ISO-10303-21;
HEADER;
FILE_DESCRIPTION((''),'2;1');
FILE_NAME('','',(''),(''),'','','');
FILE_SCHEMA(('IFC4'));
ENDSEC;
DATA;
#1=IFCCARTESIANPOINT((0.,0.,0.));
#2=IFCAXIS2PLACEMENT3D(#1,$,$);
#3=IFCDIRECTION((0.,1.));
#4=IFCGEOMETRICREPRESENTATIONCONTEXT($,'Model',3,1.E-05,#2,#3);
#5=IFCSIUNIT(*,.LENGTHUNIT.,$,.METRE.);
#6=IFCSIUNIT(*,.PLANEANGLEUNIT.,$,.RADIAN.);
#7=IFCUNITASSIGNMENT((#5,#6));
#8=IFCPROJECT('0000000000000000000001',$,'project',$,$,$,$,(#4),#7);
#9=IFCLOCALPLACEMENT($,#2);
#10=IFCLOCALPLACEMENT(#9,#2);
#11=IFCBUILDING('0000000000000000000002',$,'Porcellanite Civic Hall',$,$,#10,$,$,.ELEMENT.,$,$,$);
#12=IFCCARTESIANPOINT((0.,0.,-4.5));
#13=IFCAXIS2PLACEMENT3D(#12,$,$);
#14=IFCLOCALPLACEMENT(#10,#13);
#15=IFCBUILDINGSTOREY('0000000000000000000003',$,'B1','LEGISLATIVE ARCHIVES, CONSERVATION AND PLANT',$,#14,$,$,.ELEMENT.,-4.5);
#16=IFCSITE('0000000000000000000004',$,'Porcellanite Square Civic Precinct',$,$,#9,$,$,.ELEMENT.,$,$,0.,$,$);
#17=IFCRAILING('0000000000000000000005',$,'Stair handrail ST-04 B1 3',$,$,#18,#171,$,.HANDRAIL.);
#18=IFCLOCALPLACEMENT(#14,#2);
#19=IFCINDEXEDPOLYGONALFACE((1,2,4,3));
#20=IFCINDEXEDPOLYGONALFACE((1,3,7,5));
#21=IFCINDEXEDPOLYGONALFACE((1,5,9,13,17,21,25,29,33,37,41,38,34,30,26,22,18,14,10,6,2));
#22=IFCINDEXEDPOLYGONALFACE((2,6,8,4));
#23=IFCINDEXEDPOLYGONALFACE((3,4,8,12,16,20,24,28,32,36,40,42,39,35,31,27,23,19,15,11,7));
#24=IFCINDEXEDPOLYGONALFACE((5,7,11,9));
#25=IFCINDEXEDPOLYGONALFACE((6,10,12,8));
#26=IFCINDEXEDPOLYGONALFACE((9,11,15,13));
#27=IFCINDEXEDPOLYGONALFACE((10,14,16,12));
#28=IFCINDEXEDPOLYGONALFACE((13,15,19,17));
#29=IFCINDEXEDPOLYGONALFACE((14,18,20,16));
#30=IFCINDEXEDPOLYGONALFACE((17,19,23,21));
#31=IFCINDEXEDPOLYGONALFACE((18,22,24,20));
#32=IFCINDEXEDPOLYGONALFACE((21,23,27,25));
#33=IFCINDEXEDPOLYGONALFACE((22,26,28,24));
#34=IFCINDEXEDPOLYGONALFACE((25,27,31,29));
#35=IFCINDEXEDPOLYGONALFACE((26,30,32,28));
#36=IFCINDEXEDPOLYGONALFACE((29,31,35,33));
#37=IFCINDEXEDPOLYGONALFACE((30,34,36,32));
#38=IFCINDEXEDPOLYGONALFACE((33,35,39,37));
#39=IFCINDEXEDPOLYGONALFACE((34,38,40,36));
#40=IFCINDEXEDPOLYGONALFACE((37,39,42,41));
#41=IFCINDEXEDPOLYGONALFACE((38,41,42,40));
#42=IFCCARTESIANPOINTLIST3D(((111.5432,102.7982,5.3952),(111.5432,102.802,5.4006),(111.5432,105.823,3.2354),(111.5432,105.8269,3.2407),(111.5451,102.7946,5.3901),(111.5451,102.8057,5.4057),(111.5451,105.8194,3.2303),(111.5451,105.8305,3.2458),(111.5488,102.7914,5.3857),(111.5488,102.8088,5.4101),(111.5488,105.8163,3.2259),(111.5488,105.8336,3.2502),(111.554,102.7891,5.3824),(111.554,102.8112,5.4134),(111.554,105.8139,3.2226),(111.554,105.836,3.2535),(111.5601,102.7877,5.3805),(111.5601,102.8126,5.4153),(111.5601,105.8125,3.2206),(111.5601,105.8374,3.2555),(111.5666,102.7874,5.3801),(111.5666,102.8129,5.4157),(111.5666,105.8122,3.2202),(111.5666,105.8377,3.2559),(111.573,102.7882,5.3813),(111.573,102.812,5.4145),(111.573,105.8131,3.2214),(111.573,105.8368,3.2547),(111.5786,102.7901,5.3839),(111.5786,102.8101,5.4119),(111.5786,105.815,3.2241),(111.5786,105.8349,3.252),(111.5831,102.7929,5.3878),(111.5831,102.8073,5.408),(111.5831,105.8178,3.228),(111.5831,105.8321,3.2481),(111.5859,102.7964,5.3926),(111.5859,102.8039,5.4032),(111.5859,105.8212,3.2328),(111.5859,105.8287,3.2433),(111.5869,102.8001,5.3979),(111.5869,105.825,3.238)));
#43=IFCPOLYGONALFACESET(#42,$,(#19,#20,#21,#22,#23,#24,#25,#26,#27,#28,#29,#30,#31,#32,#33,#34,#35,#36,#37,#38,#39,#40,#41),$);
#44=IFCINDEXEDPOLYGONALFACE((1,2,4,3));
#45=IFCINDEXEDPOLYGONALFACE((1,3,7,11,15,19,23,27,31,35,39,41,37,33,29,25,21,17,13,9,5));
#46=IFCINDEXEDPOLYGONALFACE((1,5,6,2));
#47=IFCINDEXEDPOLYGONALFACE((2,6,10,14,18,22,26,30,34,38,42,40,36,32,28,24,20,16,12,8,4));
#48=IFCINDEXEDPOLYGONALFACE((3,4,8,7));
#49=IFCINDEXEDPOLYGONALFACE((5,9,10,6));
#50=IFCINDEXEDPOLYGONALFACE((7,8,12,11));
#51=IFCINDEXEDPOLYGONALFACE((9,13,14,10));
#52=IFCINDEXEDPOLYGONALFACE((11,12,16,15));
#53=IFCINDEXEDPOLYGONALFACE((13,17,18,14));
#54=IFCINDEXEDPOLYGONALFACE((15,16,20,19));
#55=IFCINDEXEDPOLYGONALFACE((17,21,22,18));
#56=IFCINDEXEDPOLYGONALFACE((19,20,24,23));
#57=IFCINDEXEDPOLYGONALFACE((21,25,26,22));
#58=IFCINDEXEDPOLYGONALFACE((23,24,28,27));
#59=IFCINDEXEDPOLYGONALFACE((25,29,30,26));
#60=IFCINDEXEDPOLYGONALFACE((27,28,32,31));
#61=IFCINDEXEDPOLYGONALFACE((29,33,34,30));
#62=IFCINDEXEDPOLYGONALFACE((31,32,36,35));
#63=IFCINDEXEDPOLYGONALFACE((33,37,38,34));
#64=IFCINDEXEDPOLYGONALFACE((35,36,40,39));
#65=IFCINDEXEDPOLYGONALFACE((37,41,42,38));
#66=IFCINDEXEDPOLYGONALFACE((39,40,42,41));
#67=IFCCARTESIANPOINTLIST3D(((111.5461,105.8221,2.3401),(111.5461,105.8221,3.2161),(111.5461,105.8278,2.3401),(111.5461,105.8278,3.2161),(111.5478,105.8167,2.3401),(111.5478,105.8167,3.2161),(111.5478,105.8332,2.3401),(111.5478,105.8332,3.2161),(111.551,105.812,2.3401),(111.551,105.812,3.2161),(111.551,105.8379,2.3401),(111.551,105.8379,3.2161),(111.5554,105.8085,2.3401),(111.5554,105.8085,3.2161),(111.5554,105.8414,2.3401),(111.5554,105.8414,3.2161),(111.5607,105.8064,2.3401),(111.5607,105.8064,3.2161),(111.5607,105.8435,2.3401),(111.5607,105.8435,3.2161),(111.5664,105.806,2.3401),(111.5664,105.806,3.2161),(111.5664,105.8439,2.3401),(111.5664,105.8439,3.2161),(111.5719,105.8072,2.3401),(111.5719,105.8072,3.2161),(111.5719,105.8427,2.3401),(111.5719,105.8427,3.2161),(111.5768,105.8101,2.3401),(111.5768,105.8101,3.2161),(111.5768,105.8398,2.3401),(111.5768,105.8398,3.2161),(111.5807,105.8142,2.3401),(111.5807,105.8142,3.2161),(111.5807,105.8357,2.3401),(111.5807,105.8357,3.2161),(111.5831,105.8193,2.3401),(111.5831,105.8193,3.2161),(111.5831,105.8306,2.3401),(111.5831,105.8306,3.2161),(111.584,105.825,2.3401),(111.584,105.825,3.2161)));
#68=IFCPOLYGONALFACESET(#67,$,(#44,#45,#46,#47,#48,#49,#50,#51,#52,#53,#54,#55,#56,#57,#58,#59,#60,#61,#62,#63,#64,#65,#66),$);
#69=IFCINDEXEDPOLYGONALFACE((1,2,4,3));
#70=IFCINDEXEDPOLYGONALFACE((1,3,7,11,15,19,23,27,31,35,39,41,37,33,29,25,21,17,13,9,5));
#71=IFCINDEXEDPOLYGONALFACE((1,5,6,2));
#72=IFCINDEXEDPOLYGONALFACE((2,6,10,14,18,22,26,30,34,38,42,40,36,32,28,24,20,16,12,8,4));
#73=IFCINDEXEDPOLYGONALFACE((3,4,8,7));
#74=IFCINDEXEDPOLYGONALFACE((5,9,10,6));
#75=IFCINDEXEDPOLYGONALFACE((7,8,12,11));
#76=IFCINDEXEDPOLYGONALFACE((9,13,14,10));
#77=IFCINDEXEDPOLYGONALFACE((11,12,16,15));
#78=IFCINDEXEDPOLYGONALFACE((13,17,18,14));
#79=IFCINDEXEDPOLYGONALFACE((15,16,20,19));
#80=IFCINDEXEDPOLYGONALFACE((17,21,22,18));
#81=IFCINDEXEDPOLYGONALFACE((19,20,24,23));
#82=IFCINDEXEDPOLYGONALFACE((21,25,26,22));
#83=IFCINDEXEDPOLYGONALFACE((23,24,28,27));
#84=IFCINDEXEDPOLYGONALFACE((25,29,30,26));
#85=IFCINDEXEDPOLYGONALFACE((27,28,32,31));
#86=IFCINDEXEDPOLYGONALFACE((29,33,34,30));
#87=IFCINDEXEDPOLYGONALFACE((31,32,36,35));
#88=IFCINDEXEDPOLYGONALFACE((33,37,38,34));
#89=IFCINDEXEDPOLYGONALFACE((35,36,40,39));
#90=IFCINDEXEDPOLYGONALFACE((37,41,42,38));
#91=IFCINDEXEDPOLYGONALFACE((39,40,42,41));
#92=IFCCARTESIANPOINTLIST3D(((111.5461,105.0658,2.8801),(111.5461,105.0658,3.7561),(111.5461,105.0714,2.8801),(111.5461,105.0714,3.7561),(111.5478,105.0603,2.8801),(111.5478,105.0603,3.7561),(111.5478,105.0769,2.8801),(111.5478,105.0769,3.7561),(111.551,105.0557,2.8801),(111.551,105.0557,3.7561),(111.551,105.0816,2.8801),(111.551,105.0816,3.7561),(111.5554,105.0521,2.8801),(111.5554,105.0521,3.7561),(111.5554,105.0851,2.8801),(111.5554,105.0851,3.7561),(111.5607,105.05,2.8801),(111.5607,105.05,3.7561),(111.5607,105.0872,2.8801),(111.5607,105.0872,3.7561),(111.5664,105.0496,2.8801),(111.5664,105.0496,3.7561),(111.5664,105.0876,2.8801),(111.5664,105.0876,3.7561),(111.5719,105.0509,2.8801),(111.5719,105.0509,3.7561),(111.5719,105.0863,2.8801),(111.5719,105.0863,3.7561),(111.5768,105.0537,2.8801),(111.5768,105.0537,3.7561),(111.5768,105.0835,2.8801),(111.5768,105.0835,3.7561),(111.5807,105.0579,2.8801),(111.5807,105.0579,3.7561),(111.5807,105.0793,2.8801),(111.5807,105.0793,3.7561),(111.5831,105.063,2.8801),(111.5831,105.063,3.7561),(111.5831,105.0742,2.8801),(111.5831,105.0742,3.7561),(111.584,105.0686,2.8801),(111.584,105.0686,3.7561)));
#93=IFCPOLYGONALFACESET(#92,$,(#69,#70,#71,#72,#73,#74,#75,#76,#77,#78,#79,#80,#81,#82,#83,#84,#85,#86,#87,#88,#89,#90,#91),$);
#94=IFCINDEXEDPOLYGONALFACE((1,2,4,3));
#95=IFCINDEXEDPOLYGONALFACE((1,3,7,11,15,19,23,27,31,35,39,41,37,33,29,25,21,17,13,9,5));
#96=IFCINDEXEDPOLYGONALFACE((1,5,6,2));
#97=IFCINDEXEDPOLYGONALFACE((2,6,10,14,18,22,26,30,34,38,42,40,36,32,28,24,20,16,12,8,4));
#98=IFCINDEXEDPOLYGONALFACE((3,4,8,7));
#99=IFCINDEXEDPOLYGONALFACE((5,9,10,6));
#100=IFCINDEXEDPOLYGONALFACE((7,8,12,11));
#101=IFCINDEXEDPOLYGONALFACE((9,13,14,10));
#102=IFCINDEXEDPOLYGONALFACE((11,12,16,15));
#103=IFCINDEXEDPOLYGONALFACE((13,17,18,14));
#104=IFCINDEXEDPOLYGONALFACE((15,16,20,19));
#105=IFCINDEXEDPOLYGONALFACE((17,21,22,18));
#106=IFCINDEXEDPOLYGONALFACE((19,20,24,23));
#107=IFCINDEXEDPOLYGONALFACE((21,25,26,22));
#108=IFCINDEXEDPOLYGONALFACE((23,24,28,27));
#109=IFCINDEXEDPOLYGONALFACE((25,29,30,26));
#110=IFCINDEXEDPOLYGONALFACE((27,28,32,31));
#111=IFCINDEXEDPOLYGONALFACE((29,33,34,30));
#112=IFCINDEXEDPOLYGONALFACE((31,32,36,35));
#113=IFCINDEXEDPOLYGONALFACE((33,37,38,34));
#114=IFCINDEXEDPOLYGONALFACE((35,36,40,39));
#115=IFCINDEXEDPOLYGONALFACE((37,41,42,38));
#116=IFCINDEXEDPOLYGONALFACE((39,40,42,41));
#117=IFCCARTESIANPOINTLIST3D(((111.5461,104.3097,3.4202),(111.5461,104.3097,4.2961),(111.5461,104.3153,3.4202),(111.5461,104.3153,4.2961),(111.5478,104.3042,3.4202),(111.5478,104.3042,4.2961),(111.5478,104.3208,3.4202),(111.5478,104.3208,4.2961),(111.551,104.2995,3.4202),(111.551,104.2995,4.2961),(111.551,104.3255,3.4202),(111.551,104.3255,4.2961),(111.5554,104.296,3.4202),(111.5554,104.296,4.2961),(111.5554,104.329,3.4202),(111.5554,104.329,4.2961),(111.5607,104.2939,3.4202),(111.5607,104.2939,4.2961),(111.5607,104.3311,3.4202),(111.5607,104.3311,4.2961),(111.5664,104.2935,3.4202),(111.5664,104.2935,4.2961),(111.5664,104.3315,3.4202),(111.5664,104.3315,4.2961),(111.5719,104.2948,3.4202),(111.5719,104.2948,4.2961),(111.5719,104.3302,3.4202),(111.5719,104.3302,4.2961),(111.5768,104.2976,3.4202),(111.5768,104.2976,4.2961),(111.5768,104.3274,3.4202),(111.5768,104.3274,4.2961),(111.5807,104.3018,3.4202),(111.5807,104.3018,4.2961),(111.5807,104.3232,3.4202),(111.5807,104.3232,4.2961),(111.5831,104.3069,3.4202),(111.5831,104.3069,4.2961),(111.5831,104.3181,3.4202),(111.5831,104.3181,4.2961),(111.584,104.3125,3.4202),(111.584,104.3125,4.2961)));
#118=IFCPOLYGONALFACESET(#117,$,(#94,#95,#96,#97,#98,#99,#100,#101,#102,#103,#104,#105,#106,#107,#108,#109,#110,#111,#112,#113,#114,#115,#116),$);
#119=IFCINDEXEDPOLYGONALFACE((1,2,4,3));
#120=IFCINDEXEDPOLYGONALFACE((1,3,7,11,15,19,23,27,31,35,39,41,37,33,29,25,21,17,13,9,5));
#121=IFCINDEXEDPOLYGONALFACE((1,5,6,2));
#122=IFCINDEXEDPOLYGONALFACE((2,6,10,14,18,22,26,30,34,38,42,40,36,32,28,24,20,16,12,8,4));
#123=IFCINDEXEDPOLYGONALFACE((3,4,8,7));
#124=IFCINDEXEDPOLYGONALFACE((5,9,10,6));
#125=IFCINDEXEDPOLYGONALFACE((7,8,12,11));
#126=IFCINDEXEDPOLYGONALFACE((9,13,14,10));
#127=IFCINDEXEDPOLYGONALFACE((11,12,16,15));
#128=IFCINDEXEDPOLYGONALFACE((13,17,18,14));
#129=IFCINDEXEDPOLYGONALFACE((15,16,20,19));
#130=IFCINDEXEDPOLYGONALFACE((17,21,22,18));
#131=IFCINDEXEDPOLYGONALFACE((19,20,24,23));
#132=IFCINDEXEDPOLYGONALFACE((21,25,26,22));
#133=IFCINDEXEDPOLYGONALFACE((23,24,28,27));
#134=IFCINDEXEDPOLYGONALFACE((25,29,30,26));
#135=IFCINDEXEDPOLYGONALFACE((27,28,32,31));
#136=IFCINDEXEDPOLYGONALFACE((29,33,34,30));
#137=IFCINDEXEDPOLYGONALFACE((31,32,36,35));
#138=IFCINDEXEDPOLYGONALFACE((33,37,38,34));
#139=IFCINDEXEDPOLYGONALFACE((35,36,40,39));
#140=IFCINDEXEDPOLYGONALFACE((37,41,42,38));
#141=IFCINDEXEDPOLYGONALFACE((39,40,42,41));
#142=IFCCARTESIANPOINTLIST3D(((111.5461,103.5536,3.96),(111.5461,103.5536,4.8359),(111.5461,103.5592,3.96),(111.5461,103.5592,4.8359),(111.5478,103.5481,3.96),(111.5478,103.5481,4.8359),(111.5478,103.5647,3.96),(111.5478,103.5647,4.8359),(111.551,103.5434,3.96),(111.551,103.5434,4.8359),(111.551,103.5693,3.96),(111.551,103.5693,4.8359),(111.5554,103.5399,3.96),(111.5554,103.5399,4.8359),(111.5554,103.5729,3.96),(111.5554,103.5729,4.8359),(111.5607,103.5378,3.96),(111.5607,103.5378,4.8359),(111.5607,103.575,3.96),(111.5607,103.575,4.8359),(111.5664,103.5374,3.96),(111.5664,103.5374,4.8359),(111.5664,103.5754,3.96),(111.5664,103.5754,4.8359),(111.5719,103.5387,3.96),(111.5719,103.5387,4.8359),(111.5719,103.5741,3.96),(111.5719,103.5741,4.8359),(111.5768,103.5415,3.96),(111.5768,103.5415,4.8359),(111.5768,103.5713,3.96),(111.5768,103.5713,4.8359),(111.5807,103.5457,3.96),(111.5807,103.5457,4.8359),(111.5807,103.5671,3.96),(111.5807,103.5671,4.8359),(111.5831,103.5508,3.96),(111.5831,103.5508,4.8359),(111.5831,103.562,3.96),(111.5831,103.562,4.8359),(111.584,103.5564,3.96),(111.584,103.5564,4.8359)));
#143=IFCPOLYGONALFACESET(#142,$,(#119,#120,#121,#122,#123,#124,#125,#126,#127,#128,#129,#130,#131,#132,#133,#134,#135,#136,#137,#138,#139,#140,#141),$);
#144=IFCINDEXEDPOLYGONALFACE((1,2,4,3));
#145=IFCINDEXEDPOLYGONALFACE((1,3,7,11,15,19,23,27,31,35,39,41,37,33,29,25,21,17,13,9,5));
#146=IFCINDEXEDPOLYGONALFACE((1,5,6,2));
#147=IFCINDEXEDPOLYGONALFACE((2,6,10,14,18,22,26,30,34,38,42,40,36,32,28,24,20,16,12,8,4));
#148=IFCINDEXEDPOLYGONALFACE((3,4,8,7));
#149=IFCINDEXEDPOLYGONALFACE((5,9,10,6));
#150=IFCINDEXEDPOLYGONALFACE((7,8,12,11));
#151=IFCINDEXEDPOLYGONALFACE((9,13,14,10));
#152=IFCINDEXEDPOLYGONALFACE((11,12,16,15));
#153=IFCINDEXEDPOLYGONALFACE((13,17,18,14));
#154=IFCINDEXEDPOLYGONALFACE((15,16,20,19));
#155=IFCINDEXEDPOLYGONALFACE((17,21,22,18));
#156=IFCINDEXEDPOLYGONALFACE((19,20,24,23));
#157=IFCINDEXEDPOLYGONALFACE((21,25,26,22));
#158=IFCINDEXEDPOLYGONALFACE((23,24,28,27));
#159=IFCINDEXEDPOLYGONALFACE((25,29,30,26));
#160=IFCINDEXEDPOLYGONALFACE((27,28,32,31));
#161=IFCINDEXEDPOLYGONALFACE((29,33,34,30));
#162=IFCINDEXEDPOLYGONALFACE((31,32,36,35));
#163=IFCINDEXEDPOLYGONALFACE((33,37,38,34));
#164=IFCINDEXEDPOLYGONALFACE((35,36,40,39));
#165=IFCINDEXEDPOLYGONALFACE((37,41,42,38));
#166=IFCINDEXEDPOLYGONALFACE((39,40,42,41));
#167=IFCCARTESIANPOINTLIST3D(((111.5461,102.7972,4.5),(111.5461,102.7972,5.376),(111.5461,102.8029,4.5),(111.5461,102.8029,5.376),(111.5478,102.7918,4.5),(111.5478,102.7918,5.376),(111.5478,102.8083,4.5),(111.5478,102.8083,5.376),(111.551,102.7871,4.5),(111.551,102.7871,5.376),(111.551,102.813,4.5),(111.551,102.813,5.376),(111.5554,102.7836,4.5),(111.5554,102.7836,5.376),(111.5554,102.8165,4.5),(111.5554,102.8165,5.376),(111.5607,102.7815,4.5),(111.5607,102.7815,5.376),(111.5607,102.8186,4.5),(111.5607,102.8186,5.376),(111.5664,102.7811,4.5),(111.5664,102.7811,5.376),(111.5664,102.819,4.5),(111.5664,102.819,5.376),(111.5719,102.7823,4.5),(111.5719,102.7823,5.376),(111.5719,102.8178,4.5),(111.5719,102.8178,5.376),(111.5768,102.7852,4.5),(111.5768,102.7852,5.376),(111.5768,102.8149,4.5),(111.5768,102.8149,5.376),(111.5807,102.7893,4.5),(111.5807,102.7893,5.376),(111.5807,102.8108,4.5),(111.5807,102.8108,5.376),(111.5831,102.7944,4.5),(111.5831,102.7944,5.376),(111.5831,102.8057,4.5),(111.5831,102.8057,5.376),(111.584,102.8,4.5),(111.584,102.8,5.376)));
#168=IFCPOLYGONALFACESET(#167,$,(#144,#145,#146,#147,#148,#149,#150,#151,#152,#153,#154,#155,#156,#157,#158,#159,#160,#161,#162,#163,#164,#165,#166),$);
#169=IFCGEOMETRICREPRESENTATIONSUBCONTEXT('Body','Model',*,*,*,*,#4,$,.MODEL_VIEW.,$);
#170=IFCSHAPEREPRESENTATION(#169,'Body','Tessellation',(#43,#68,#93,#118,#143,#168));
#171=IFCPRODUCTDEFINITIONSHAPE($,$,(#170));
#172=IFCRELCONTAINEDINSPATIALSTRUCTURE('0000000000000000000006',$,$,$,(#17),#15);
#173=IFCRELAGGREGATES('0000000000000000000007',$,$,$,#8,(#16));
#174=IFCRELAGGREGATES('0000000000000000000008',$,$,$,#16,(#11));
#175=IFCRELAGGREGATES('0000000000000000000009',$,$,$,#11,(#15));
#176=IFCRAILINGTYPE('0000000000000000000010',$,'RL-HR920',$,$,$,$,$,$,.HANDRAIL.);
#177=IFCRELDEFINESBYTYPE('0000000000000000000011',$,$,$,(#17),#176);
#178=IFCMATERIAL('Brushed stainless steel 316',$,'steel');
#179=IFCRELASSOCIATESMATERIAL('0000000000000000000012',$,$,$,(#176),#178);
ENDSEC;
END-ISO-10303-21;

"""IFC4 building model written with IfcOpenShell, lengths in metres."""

from ifc_helpers import new_model, si_unit, direction, frame, origin, origin_2d, place, context, subcontext, project, spatial, circle, extrude, material, type_object, element, save


model = new_model("IFC4")

# Units and contexts
model_context = context("Model", 3, precision=1e-05, world=origin(), true_north=direction((0.0, 1.0)))
body_context = subcontext(model_context, "Body", "Model", "MODEL_VIEW")
ifc_project = project(units=[si_unit("LENGTHUNIT", "METRE"), si_unit("PLANEANGLEUNIT", "RADIAN")], contexts=[model_context])

# Site, building, storey
site_placement = place(None, origin())
site = spatial("IfcSite", under=ifc_project, at=site_placement, Name="Porcellanite Square Civic Precinct", CompositionType="ELEMENT", RefElevation=0.0)
building_placement = place(site_placement, origin())
building = spatial("IfcBuilding", under=site, at=building_placement, Name="Porcellanite Civic Hall", CompositionType="ELEMENT")
storey_placement = place(building_placement, frame((0.0, 0.0, -4.5)))
storey = spatial("IfcBuildingStorey", under=building, at=storey_placement, Name="B1", Description="LEGISLATIVE ARCHIVES, CONSERVATION AND PLANT", CompositionType="ELEMENT", Elevation=-4.5)

# Railing
ifc_material_1 = material(Name="Brushed stainless steel 316", Category="steel")
railing_type_1 = type_object("IfcRailingType", Name="RL-HR920", PredefinedType="HANDRAIL", material=ifc_material_1)
railing_1_placement = place(storey_placement, frame((111.5649, 105.825, 2.3401)))
element("IfcRailing", 1, at=railing_1_placement, inside=storey, type_object=railing_type_1, Name="Stair handrail ST-04 B1 3", PredefinedType="HANDRAIL", context=body_context, shape_type="SweptSolid", body=[
    extrude(circle(Radius=0.022, at=origin_2d()), frame((0.0, 0.0, 0.8979), z_axis=(0.0, -0.813827, 0.581108), x_axis=(1.0, 0.0, 0.0)), (0.0, 0.0, 1.0), 3.7168),
    extrude(circle(Radius=0.019, at=origin_2d()), origin(), (0.0, 0.0, 1.0), 0.876),
    extrude(circle(Radius=0.019, at=origin_2d()), frame((0.0, -0.7563, 0.54)), (0.0, 0.0, 1.0), 0.876),
    extrude(circle(Radius=0.019, at=origin_2d()), frame((0.0, -1.5125, 1.0801)), (0.0, 0.0, 1.0), 0.876),
    extrude(circle(Radius=0.019, at=origin_2d()), frame((0.0, -2.2686, 1.6199)), (0.0, 0.0, 1.0), 0.876),
    extrude(circle(Radius=0.019, at=origin_2d()), frame((0.0, -3.0249, 2.1599)), (0.0, 0.0, 1.0), 0.876),
])

save(model, "model.ifc")
